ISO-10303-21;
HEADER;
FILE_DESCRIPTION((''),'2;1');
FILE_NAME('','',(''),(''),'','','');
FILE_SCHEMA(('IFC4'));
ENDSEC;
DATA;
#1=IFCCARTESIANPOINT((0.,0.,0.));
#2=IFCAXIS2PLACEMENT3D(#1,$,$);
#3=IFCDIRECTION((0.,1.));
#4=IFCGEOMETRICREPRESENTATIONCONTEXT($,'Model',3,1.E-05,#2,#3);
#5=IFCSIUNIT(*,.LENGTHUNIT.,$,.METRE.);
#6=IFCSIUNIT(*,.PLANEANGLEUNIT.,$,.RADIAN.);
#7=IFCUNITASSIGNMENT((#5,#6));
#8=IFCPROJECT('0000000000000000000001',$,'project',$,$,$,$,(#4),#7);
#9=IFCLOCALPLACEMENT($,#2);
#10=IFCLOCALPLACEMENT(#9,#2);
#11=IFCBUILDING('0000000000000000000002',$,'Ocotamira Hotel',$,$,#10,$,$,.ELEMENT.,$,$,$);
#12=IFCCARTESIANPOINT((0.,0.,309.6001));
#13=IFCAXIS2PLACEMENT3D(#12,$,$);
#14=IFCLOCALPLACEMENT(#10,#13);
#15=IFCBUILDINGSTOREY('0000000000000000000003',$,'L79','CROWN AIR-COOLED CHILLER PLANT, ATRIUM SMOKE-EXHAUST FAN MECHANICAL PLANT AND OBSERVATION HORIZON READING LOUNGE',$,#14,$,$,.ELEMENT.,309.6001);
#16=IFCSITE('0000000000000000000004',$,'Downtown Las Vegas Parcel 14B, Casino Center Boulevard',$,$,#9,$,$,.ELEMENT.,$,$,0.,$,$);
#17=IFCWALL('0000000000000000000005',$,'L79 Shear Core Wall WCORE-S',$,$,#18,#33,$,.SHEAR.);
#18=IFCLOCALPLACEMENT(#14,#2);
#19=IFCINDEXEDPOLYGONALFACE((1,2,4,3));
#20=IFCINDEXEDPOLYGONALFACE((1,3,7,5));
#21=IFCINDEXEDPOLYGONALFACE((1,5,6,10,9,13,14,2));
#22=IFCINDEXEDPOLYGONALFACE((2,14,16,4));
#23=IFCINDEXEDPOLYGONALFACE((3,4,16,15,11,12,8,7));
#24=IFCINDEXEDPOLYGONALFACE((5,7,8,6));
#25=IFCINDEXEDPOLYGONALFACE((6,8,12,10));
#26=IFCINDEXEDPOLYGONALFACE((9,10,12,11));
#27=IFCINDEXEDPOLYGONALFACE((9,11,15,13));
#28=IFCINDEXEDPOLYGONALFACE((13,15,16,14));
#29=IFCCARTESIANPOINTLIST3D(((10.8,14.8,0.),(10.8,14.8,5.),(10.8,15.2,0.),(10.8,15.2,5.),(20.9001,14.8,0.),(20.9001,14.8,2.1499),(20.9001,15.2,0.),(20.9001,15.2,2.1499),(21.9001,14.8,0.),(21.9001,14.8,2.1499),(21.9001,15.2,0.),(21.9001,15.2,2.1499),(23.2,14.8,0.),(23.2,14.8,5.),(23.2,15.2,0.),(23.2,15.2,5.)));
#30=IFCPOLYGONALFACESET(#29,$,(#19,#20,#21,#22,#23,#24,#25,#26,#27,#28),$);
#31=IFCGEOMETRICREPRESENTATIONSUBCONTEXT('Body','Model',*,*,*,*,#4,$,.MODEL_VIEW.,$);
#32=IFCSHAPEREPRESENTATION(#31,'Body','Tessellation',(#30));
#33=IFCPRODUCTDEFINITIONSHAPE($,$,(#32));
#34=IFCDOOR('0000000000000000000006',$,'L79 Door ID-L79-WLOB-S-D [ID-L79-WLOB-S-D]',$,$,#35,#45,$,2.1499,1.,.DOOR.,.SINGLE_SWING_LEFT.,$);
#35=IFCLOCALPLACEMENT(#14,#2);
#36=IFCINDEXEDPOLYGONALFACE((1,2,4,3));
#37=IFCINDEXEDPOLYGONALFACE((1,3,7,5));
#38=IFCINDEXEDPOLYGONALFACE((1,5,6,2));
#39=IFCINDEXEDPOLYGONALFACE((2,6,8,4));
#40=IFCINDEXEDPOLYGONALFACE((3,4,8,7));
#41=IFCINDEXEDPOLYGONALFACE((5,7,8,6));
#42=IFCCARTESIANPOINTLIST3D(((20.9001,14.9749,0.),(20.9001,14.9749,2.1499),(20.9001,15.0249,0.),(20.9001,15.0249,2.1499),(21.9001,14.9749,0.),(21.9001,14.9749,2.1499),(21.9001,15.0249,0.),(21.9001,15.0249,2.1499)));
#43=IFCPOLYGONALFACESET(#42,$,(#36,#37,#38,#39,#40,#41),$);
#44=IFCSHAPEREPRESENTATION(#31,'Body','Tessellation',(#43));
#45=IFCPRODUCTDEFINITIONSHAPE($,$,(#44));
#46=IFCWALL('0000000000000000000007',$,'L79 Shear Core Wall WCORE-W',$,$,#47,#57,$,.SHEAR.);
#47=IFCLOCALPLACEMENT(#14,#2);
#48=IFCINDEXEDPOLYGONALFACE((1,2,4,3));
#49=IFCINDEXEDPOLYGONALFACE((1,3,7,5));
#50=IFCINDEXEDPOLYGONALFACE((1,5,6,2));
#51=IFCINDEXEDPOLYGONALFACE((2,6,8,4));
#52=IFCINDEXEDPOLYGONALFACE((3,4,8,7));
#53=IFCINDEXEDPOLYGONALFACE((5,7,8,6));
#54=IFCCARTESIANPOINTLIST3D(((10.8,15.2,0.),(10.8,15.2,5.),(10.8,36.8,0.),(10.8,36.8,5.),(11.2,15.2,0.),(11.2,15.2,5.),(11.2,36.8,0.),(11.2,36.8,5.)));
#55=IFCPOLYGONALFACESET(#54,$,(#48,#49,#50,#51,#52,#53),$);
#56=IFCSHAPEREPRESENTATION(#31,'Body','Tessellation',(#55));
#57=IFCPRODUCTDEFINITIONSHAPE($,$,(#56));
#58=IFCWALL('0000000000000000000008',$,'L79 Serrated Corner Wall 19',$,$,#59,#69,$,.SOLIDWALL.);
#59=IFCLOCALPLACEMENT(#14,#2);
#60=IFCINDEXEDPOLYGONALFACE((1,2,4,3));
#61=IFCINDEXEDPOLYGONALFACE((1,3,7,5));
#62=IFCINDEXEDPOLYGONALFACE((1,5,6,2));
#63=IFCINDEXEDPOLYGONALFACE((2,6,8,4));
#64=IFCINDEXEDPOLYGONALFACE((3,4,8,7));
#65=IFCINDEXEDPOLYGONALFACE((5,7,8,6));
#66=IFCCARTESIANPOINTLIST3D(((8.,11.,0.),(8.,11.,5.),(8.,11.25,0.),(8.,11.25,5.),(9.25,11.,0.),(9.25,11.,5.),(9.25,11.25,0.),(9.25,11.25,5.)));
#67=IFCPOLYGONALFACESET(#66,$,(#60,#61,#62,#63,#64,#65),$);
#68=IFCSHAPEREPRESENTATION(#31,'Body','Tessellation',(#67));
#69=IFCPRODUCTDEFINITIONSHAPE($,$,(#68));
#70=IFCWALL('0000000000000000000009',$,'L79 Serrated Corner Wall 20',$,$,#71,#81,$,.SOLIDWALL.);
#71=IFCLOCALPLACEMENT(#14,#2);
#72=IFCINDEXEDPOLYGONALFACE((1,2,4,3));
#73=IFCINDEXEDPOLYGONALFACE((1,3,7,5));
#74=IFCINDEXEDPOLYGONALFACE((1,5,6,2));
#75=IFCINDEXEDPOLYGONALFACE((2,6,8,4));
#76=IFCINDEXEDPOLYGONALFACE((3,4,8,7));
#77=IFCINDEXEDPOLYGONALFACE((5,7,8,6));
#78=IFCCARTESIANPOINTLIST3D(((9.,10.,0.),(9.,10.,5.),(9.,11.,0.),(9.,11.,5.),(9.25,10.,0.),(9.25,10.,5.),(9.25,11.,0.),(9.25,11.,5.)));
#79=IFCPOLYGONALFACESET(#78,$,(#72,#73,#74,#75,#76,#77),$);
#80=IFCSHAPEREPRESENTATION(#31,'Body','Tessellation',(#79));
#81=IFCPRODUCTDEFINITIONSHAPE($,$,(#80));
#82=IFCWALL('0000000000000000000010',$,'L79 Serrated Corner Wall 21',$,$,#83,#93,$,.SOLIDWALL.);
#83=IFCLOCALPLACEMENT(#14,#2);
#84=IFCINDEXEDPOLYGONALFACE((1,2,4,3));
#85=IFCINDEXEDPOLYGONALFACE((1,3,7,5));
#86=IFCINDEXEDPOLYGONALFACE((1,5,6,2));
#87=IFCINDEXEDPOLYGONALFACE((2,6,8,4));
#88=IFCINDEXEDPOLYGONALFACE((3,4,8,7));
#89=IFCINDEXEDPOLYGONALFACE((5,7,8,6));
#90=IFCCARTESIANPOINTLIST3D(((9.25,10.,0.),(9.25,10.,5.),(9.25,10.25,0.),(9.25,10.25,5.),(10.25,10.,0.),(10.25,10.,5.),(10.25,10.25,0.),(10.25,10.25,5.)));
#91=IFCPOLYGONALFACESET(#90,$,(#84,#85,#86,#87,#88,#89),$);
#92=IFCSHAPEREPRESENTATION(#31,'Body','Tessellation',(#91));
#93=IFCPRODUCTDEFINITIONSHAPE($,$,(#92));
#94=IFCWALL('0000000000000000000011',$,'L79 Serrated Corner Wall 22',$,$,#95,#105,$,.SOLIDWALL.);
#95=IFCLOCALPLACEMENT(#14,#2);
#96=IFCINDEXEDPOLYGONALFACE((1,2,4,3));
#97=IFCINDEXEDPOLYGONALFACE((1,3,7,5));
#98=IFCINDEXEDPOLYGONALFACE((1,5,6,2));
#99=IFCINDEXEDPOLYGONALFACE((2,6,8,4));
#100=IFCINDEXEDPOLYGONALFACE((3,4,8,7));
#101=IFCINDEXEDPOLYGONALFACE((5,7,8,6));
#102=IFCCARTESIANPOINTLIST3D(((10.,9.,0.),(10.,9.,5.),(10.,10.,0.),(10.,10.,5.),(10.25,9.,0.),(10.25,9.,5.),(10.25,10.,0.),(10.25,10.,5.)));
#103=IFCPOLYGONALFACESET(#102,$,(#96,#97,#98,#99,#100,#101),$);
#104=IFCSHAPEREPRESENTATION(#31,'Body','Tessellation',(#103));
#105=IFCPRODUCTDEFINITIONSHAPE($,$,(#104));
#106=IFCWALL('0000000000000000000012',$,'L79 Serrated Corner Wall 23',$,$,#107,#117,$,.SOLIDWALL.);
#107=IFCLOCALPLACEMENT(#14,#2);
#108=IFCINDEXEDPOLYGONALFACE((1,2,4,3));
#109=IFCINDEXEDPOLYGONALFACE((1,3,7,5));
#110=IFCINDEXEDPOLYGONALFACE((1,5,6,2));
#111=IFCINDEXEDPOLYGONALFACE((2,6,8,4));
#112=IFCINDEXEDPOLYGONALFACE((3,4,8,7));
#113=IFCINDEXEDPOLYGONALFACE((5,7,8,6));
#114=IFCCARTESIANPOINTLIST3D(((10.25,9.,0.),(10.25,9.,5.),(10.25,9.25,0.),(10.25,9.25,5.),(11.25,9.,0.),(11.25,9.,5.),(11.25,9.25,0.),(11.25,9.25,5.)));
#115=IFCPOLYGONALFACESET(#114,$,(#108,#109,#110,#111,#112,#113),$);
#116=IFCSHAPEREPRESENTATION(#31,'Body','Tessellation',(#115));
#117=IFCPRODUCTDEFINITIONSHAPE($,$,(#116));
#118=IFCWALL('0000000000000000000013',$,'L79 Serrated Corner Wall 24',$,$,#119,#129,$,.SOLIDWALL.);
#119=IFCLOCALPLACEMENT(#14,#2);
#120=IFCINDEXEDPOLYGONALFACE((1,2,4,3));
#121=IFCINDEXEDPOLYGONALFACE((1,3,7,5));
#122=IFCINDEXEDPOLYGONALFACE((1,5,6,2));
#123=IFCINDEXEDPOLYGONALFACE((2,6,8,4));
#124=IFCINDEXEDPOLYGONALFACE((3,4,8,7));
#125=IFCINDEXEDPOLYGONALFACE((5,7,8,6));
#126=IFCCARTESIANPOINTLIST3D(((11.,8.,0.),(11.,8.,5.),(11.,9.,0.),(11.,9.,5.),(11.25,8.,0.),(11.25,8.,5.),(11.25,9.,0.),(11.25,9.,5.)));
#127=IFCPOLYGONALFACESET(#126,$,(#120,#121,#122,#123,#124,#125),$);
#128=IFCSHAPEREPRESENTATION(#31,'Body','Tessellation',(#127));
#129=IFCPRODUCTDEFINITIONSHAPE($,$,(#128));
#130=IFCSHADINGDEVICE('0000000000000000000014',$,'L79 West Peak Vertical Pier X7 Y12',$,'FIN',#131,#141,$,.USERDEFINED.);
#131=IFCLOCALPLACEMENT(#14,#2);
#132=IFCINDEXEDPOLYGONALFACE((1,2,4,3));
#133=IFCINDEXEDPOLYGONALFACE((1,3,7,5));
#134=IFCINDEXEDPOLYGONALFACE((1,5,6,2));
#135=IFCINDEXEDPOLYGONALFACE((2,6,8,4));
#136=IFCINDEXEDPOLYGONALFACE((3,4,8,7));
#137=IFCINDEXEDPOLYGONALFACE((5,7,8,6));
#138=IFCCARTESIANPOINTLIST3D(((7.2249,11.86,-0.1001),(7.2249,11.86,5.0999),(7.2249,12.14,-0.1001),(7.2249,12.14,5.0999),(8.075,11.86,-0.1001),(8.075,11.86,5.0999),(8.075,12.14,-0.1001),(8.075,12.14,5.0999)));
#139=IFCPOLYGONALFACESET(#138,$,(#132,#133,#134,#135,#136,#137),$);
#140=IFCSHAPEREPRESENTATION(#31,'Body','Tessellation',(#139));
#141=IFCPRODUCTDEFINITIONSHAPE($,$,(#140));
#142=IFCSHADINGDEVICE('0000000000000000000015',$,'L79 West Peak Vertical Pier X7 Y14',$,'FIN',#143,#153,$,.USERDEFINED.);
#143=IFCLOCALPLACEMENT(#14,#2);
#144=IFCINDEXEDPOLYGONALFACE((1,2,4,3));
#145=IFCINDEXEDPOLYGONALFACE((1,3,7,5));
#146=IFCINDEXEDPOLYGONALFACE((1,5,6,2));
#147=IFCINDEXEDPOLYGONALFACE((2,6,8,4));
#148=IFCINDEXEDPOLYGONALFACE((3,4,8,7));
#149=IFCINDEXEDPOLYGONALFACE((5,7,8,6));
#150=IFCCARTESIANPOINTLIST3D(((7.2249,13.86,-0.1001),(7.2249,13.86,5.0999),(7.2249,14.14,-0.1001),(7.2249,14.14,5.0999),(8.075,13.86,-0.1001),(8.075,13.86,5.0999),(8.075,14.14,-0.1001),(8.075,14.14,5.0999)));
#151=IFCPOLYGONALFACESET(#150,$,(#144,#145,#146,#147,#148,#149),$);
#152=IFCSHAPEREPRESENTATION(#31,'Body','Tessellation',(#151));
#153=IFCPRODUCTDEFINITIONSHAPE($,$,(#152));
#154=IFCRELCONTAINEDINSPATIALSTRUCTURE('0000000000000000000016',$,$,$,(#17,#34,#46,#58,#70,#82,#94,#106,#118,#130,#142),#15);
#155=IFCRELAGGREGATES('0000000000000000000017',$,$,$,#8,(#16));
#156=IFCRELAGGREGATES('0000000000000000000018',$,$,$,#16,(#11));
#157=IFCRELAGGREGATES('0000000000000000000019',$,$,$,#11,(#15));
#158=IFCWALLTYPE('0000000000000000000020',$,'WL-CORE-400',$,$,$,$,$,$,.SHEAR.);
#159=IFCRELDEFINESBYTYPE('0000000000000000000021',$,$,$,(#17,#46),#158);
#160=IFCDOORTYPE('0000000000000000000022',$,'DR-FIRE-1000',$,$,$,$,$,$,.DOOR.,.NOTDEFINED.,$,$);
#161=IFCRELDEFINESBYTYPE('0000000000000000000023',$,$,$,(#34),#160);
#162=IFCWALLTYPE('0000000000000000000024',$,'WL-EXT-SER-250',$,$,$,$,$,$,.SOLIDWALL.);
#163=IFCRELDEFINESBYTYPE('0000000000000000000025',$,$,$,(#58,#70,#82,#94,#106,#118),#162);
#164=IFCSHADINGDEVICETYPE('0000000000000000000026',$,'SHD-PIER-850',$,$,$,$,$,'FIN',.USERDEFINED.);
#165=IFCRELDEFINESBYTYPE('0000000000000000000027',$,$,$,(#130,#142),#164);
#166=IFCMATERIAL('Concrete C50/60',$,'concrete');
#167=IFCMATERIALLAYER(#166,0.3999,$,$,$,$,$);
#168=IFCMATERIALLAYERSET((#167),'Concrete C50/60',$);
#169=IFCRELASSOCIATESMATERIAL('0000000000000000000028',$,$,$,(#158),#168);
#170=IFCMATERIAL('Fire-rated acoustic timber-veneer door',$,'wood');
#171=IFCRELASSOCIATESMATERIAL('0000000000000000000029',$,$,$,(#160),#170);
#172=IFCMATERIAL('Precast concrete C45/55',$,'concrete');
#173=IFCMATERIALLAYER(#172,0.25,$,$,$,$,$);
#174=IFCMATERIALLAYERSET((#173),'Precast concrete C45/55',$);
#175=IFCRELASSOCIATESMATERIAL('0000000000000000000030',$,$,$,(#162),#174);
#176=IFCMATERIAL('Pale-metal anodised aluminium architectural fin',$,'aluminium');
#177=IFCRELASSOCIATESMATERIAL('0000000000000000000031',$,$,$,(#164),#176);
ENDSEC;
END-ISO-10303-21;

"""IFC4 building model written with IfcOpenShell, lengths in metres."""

from ifc_helpers import new_model, si_unit, direction, frame, frame_2d, origin, origin_2d, place, context, subcontext, project, spatial, rectangle, extrude, source, transform, mapped, material, layer, layer_set, type_object, element, fill, save


model = new_model("IFC4")

# Units and contexts
model_context = context("Model", 3, precision=1e-05, world=origin(), true_north=direction((0.0, 1.0)))
body_context = subcontext(model_context, "Body", "Model", "MODEL_VIEW")
ifc_project = project(units=[si_unit("LENGTHUNIT", "METRE"), si_unit("PLANEANGLEUNIT", "RADIAN")], contexts=[model_context])

# Site, building, storey
site_placement = place(None, origin())
site = spatial("IfcSite", under=ifc_project, at=site_placement, Name="Downtown Las Vegas Parcel 14B, Casino Center Boulevard", CompositionType="ELEMENT", RefElevation=0.0)
building_placement = place(site_placement, origin())
building = spatial("IfcBuilding", under=site, at=building_placement, Name="Ocotamira Hotel", CompositionType="ELEMENT")
storey_placement = place(building_placement, frame((0.0, 0.0, 309.6001)))
storey = spatial("IfcBuildingStorey", under=building, at=storey_placement, Name="L79", Description="CROWN AIR-COOLED CHILLER PLANT, ATRIUM SMOKE-EXHAUST FAN MECHANICAL PLANT AND OBSERVATION HORIZON READING LOUNGE", CompositionType="ELEMENT", Elevation=309.6001)

# Wall, opening, door
ifc_material_1 = material(Name="Concrete C50/60", Category="concrete")
ifc_layer_1 = layer(ifc_material_1, 0.3999)
ifc_layer_set_1 = layer_set([ifc_layer_1], Name="Concrete C50/60")
wall_type_1 = type_object("IfcWallType", Name="WL-CORE-400", PredefinedType="SHEAR", material=ifc_layer_set_1)
wall_1_placement = place(storey_placement, frame((10.8, 15.0, 0.0), z_axis=(0.0, 0.0, 1.0), x_axis=(1.0, 0.0, 0.0)))
wall_1 = element("IfcWall", 1, at=wall_1_placement, inside=storey, type_object=wall_type_1, Name="L79 Shear Core Wall WCORE-S", PredefinedType="SHEAR", context=body_context, shape_type="SweptSolid", body=[
    extrude(rectangle(XDim=12.3999, YDim=0.3999, at=frame_2d((6.2, 0.0))), origin(), (0.0, 0.0, 1.0), 5.0),
])
opening_placement = place(wall_1_placement, frame((10.1001, 0.0, 0.0)))
opening = element("IfcOpeningElement", 2, at=opening_placement, cuts=wall_1, PredefinedType="OPENING", context=body_context, shape_type="SweptSolid", body=[
    extrude(rectangle(XDim=1.0, YDim=2.1499, at=frame_2d((0.5, 1.075))), frame((0.0, 0.21, 0.0), z_axis=(0.0, -1.0, 0.0), x_axis=(1.0, 0.0, 0.0)), (0.0, 0.0, 1.0), 0.4199),
])
ifc_material_2 = material(Name="Fire-rated acoustic timber-veneer door", Category="wood")
door_type = type_object("IfcDoorType", Name="DR-FIRE-1000", OperationType="NOTDEFINED", PredefinedType="DOOR", material=ifc_material_2)
shared_shape_1 = source(origin(), body_context, "Body", "SweptSolid", [
    extrude(rectangle(XDim=1.0, YDim=2.1499, at=frame_2d((0.5, 1.075))), frame((0.0, 0.0249, 0.0), z_axis=(0.0, -1.0, 0.0), x_axis=(1.0, 0.0, 0.0)), (0.0, 0.0, 1.0), 0.05),
])
door_placement = place(opening_placement, origin())
door = element("IfcDoor", 3, at=door_placement, inside=storey, type_object=door_type, Name="L79 Door ID-L79-WLOB-S-D [ID-L79-WLOB-S-D]", OperationType="SINGLE_SWING_LEFT", OverallHeight=2.1499, OverallWidth=1.0, PredefinedType="DOOR", context=body_context, shape_type="MappedRepresentation", body=[
    mapped(shared_shape_1, transform((0.0, 0.0, 0.0), scale=1.0)),
])
fill(opening, door)

# Walls
wall_2_placement = place(storey_placement, frame((11.0, 15.2, 0.0), z_axis=(0.0, 0.0, 1.0), x_axis=(0.0, 1.0, 0.0)))
element("IfcWall", 4, at=wall_2_placement, inside=storey, type_object=wall_type_1, Name="L79 Shear Core Wall WCORE-W", PredefinedType="SHEAR", context=body_context, shape_type="SweptSolid", body=[
    extrude(rectangle(XDim=21.6001, YDim=0.3999, at=frame_2d((10.8, 0.0))), origin(), (0.0, 0.0, 1.0), 5.0),
])
ifc_material_3 = material(Name="Precast concrete C45/55", Category="concrete")
ifc_layer_2 = layer(ifc_material_3, 0.25)
ifc_layer_set_2 = layer_set([ifc_layer_2], Name="Precast concrete C45/55")
wall_type_2 = type_object("IfcWallType", Name="WL-EXT-SER-250", PredefinedType="SOLIDWALL", material=ifc_layer_set_2)
wall_3_placement = place(storey_placement, frame((8.0, 11.125, 0.0), z_axis=(0.0, 0.0, 1.0), x_axis=(1.0, 0.0, 0.0)))
element("IfcWall", 5, at=wall_3_placement, inside=storey, type_object=wall_type_2, Name="L79 Serrated Corner Wall 19", PredefinedType="SOLIDWALL", context=body_context, shape_type="SweptSolid", body=[
    extrude(rectangle(XDim=1.25, YDim=0.25, at=frame_2d((0.625, 0.0))), origin(), (0.0, 0.0, 1.0), 5.0),
])
for number, where, z_axis, x_axis, name in (
    (6, (9.125, 11.0, 0.0), (0.0, 0.0, 1.0), (0.0, -1.0, 0.0), "L79 Serrated Corner Wall 20"),
    (7, (9.25, 10.125, 0.0), (0.0, 0.0, 1.0), (1.0, 0.0, 0.0), "L79 Serrated Corner Wall 21"),
    (8, (10.125, 10.0, 0.0), (0.0, 0.0, 1.0), (0.0, -1.0, 0.0), "L79 Serrated Corner Wall 22"),
    (9, (10.25, 9.125, 0.0), (0.0, 0.0, 1.0), (1.0, 0.0, 0.0), "L79 Serrated Corner Wall 23"),
    (10, (11.125, 9.0, 0.0), (0.0, 0.0, 1.0), (0.0, -1.0, 0.0), "L79 Serrated Corner Wall 24"),
):
    element("IfcWall", number, at=place(storey_placement, frame(where, z_axis=z_axis, x_axis=x_axis)), inside=storey, type_object=wall_type_2, Name=name, PredefinedType="SOLIDWALL", context=body_context, shape_type="SweptSolid", body=[
        extrude(rectangle(XDim=1.0, YDim=0.25, at=frame_2d((0.5, 0.0))), origin(), (0.0, 0.0, 1.0), 5.0),
    ])

# Shading devices
ifc_material_4 = material(Name="Pale-metal anodised aluminium architectural fin", Category="aluminium")
shading_device_type = type_object("IfcShadingDeviceType", Name="SHD-PIER-850", ElementType="FIN", PredefinedType="USERDEFINED", material=ifc_material_4)
shared_shape_2 = source(origin(), body_context, "Body", "SweptSolid", [
    extrude(rectangle(XDim=0.8501, YDim=0.28, at=origin_2d()), origin(), (0.0, 0.0, 1.0), 5.2),
])
for number, where, z_axis, x_axis, name in (
    (11, (7.6499, 12.0, -0.1001), (0.0, 0.0, 1.0), (1.0, 0.0, 0.0), "L79 West Peak Vertical Pier X7 Y12"),
    (12, (7.6499, 14.0, -0.1001), (0.0, 0.0, 1.0), (1.0, 0.0, 0.0), "L79 West Peak Vertical Pier X7 Y14"),
):
    element("IfcShadingDevice", number, at=place(storey_placement, frame(where, z_axis=z_axis, x_axis=x_axis)), inside=storey, type_object=shading_device_type, Name=name, ObjectType="FIN", PredefinedType="USERDEFINED", context=body_context, shape_type="MappedRepresentation", body=[
        mapped(shared_shape_2, transform((0.0, 0.0, 0.0), scale=1.0)),
    ])

save(model, "model.ifc")
